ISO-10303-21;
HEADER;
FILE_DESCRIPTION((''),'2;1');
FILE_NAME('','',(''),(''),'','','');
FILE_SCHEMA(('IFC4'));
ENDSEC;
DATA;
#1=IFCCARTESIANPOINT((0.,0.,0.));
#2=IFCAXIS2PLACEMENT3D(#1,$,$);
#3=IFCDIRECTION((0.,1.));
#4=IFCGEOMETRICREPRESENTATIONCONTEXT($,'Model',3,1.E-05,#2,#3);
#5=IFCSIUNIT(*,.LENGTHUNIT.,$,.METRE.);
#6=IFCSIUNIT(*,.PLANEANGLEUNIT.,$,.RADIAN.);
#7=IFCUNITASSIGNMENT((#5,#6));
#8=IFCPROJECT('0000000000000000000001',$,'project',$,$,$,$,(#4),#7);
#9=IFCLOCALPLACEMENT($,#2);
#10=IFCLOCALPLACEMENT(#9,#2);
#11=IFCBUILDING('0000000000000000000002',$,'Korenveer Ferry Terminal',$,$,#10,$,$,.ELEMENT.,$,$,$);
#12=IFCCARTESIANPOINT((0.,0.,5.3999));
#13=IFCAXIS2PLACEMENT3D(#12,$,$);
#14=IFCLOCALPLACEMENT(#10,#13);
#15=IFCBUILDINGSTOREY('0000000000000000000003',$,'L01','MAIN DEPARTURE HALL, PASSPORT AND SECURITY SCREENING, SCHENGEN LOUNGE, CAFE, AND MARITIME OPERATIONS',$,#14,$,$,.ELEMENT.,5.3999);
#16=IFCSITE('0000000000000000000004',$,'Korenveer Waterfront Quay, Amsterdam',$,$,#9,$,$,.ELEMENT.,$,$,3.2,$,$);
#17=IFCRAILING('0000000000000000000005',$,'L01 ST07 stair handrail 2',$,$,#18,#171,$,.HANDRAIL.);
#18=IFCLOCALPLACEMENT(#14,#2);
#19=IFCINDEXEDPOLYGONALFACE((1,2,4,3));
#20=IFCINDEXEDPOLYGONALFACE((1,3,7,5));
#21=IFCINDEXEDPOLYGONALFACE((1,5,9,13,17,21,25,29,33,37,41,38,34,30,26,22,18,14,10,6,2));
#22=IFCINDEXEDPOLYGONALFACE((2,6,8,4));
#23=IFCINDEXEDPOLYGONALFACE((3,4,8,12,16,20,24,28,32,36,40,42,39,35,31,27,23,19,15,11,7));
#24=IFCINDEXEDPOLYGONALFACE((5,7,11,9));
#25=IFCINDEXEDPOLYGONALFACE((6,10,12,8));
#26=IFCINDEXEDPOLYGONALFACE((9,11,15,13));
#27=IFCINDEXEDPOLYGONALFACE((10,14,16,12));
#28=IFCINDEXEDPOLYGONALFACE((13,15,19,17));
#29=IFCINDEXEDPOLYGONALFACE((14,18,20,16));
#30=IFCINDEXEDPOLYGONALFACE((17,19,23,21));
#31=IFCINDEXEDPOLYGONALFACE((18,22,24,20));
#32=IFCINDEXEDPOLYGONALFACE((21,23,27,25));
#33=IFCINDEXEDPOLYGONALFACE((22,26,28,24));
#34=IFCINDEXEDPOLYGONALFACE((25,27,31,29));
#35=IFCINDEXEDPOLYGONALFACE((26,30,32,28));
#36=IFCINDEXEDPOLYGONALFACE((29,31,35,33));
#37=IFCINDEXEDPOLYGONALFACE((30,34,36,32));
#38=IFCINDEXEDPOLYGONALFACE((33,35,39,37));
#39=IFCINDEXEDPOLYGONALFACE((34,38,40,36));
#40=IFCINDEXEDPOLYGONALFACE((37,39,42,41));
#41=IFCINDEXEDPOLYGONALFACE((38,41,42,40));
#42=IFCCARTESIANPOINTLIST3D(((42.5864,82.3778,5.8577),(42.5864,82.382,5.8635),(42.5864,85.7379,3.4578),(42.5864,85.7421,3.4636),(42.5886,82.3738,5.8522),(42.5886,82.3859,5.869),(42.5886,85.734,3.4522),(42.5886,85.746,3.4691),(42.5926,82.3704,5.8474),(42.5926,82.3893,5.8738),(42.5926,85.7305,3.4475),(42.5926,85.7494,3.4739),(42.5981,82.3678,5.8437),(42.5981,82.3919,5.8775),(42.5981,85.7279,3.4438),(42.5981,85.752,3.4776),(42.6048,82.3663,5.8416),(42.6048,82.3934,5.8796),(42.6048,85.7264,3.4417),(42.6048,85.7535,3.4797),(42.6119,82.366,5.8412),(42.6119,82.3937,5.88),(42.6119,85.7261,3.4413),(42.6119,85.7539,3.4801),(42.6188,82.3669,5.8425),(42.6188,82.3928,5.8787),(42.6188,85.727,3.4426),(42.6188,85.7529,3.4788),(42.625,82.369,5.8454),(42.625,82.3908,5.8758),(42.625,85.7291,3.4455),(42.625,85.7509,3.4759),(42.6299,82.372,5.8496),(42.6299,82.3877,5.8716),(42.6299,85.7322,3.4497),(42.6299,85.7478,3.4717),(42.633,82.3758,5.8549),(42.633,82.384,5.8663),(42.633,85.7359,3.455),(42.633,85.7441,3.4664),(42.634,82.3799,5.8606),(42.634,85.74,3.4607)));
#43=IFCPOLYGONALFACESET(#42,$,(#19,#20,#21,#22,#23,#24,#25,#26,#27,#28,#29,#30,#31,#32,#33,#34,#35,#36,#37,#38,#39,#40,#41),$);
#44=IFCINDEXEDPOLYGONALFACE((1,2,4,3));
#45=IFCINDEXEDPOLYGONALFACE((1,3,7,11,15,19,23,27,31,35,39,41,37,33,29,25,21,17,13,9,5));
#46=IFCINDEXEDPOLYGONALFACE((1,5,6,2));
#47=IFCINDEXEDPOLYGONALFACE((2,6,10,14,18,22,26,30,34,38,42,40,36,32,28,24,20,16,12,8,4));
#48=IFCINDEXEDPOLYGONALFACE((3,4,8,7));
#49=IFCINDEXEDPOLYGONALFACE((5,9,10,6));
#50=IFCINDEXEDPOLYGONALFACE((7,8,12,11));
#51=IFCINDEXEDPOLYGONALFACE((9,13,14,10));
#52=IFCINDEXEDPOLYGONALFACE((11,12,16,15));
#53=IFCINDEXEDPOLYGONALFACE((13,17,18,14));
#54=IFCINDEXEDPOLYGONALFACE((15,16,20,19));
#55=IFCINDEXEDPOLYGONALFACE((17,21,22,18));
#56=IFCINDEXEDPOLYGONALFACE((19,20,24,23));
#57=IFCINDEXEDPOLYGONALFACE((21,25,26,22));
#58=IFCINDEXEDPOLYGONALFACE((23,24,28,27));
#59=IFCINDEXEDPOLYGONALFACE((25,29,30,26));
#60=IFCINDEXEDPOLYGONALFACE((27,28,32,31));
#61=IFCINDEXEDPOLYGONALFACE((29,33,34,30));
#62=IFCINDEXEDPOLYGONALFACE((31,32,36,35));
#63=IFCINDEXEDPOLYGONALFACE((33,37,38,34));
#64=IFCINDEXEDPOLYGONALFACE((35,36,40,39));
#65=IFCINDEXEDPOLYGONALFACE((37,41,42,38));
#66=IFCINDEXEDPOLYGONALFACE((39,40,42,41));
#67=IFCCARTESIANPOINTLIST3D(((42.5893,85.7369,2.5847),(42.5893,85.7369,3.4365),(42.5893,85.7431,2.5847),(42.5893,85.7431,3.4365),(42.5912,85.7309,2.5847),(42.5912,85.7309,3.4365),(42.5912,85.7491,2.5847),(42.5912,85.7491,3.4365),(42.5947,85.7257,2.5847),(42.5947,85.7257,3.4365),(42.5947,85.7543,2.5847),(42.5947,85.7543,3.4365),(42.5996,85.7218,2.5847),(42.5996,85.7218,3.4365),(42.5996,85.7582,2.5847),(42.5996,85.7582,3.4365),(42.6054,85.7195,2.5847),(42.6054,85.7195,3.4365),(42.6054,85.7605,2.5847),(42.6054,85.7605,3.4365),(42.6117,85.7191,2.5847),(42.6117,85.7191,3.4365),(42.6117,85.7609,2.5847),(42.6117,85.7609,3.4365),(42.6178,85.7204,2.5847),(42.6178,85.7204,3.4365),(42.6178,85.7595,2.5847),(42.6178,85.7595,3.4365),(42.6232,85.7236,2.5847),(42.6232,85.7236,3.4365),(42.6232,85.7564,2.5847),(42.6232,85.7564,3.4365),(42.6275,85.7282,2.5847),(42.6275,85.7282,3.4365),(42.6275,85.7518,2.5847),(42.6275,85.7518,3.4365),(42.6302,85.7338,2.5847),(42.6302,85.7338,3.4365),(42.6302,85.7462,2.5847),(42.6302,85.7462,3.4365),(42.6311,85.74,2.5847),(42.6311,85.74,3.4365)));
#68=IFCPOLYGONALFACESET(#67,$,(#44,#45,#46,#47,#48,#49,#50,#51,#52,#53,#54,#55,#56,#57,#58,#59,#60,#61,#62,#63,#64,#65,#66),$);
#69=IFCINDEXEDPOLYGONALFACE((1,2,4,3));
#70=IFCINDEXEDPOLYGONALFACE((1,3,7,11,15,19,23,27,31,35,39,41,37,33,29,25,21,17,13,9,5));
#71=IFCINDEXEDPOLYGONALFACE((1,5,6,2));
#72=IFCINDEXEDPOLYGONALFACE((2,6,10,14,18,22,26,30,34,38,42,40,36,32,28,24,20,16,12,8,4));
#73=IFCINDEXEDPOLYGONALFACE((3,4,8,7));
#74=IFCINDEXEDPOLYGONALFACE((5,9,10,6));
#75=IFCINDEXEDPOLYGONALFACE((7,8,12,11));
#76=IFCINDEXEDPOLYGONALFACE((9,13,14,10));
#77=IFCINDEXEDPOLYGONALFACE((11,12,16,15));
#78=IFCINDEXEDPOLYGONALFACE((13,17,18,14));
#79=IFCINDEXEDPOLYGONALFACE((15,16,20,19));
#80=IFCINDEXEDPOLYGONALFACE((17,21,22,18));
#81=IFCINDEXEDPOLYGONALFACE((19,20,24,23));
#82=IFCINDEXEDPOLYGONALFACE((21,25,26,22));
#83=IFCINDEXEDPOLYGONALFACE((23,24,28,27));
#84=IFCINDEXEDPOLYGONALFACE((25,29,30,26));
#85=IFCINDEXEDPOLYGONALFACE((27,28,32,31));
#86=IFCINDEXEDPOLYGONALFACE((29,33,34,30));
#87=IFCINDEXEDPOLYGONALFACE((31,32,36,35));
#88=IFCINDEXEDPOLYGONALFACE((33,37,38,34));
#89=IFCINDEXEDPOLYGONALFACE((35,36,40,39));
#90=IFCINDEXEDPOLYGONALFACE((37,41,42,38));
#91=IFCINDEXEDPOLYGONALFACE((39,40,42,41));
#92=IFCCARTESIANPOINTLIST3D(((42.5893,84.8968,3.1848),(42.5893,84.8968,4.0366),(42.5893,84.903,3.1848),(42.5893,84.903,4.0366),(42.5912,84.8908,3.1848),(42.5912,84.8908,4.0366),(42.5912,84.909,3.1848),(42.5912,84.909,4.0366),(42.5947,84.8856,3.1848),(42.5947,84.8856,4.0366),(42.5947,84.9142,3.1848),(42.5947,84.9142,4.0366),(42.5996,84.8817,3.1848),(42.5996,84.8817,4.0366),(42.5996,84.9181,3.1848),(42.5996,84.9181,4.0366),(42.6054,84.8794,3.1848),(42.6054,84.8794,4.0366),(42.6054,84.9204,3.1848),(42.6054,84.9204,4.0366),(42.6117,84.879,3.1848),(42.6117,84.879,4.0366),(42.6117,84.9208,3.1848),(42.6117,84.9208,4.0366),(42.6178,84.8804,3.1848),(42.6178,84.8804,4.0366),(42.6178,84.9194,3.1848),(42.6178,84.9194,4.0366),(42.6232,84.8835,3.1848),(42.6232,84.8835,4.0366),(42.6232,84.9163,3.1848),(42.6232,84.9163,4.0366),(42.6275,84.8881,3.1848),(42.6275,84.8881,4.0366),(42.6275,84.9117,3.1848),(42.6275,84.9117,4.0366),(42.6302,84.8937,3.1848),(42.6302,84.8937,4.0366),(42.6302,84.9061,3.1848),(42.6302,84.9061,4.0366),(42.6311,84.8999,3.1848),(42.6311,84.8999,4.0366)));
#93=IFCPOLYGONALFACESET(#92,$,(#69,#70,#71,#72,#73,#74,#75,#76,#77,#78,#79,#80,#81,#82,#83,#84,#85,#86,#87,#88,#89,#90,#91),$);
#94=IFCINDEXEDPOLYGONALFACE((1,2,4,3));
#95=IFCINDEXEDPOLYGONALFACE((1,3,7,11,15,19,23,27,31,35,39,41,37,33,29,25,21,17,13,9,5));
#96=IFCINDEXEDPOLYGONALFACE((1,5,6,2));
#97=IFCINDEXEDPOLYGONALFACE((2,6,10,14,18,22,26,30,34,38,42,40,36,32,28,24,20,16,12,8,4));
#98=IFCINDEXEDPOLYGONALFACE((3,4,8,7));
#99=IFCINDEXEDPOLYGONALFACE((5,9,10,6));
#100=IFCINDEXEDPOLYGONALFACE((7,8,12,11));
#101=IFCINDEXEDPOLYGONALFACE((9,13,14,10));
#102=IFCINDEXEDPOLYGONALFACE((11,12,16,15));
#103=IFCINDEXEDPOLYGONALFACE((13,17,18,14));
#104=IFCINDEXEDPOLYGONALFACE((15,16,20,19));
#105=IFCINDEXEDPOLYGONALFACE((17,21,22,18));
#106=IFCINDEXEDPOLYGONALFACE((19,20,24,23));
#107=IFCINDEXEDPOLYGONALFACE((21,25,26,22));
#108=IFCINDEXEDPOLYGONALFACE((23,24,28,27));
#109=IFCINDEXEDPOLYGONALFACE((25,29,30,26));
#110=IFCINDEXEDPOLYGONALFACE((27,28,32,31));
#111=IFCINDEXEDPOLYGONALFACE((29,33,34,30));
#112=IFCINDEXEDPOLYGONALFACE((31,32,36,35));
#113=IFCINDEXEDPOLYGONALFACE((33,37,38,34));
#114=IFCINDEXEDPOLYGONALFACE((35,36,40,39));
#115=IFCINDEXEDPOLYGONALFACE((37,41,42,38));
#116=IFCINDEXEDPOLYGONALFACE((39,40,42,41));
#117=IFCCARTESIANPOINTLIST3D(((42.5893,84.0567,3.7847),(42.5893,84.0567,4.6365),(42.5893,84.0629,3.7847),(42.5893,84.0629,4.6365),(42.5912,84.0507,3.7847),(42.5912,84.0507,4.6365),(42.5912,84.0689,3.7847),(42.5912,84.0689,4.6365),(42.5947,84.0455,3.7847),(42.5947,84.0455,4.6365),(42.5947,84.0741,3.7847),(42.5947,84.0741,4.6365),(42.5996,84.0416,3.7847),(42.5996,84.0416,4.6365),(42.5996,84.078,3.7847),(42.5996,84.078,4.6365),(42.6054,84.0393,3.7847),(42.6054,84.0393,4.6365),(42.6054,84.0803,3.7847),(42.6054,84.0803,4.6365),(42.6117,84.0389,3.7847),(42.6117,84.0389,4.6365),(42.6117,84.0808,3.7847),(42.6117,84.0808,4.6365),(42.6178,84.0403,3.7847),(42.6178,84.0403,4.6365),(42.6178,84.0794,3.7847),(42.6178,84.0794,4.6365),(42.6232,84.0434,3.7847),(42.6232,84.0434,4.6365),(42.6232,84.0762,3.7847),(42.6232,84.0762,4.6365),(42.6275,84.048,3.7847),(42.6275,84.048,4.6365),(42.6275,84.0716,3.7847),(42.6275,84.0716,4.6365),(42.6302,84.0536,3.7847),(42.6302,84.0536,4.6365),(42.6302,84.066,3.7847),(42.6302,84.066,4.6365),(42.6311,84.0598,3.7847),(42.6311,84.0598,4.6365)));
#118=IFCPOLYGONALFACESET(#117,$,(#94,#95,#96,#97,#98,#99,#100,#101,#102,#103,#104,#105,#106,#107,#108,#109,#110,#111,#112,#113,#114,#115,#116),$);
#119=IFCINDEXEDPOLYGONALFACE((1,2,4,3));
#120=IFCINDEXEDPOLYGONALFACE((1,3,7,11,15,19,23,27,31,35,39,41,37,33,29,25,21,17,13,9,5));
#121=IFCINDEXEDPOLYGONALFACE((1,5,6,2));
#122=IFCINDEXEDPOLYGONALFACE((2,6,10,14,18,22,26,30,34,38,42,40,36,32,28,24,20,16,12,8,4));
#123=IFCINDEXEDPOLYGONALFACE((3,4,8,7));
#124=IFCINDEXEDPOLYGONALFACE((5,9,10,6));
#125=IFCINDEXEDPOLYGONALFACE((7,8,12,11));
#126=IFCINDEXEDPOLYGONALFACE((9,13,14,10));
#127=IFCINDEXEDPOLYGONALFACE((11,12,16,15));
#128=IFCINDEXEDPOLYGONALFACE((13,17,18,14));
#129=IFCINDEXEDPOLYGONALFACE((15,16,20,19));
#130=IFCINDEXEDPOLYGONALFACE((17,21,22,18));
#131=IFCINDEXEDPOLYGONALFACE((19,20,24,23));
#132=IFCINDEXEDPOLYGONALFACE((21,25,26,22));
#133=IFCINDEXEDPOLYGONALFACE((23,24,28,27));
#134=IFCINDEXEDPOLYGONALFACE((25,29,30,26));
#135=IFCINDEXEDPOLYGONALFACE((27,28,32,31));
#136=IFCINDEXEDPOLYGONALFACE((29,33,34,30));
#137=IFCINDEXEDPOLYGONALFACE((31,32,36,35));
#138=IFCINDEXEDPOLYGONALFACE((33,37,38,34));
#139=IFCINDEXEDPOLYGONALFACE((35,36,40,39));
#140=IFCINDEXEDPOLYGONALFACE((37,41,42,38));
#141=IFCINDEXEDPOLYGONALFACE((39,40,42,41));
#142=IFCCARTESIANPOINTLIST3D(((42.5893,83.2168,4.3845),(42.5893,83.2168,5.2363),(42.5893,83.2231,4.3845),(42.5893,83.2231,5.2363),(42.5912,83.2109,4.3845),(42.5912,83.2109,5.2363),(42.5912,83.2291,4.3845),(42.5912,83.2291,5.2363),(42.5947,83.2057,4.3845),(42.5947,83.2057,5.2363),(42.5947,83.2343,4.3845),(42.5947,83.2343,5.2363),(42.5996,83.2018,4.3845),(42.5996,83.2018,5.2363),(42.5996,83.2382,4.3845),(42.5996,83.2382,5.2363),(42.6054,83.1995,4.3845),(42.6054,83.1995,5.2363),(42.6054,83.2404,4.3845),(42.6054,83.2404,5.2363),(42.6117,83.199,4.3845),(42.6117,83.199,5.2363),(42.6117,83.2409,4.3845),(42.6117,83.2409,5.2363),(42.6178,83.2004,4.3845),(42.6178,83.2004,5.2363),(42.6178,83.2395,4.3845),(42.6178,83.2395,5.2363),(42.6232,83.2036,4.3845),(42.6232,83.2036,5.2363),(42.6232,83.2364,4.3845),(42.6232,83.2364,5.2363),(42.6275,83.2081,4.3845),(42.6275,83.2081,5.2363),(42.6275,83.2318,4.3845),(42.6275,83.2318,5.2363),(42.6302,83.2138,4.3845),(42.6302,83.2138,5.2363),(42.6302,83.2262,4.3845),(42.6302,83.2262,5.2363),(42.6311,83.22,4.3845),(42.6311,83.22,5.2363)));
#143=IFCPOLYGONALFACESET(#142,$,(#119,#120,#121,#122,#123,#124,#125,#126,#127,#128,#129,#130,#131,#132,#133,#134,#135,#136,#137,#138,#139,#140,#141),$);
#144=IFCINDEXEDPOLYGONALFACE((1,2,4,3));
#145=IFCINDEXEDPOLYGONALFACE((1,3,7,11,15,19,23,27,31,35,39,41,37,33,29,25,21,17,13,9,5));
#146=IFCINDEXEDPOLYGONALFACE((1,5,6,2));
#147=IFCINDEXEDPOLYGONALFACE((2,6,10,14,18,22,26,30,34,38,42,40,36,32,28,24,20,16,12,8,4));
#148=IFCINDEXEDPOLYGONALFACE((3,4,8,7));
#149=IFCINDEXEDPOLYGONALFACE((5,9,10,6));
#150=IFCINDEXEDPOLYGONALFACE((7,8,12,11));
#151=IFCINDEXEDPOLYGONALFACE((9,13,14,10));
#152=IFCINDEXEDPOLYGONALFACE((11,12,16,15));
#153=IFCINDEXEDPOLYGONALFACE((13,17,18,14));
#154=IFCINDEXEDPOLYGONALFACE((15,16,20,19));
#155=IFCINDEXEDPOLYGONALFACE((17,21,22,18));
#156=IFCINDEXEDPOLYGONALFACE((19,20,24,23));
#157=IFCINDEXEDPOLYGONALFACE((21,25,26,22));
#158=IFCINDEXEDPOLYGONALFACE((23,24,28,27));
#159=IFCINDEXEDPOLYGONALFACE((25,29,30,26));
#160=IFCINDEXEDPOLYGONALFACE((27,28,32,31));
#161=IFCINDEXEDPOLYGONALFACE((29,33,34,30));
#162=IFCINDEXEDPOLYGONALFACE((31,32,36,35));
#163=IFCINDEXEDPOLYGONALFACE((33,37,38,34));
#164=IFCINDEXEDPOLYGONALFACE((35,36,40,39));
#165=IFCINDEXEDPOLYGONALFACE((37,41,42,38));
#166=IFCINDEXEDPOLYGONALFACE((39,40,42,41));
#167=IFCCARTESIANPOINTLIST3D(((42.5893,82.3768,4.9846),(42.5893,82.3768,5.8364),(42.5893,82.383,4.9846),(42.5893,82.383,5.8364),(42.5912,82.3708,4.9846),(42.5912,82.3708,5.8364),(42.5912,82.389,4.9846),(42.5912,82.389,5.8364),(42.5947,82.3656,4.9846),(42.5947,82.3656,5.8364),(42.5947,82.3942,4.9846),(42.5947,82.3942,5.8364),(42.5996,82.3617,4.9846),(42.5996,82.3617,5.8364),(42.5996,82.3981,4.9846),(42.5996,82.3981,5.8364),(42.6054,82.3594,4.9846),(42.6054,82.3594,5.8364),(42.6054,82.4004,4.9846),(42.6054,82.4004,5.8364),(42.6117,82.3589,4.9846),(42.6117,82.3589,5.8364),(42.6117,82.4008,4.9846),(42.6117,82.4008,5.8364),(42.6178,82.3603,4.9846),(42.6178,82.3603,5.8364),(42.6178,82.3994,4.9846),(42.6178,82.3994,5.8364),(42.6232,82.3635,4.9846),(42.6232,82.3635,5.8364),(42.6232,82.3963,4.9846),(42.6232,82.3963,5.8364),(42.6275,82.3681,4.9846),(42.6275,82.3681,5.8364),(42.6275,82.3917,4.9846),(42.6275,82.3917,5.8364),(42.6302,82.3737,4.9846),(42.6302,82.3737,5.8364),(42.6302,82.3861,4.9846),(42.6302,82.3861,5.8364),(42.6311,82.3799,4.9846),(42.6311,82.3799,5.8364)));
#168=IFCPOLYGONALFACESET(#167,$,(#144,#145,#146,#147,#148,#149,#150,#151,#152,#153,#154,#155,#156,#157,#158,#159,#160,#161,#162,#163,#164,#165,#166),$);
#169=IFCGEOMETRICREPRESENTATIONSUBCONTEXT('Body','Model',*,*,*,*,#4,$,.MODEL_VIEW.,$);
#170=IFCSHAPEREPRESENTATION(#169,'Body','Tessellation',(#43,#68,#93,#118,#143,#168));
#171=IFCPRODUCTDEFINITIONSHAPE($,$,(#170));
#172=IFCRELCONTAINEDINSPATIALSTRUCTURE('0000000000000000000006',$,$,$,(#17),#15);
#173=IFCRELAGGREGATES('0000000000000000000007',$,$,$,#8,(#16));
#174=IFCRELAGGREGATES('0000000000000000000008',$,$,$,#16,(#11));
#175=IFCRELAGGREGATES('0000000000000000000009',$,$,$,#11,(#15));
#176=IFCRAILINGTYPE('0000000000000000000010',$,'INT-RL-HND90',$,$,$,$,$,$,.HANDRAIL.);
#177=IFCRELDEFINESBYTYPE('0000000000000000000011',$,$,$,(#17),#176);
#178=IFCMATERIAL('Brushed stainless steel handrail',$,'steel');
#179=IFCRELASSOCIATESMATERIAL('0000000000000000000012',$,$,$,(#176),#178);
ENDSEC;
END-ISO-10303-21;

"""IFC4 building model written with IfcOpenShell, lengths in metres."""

from ifc_helpers import new_model, si_unit, direction, frame, origin, origin_2d, place, context, subcontext, project, spatial, circle, extrude, material, type_object, element, save


model = new_model("IFC4")

# Units and contexts
model_context = context("Model", 3, precision=1e-05, world=origin(), true_north=direction((0.0, 1.0)))
body_context = subcontext(model_context, "Body", "Model", "MODEL_VIEW")
ifc_project = project(units=[si_unit("LENGTHUNIT", "METRE"), si_unit("PLANEANGLEUNIT", "RADIAN")], contexts=[model_context])

# Site, building, storey
site_placement = place(None, origin())
site = spatial("IfcSite", under=ifc_project, at=site_placement, Name="Korenveer Waterfront Quay, Amsterdam", CompositionType="ELEMENT", RefElevation=3.2)
building_placement = place(site_placement, origin())
building = spatial("IfcBuilding", under=site, at=building_placement, Name="Korenveer Ferry Terminal", CompositionType="ELEMENT")
storey_placement = place(building_placement, frame((0.0, 0.0, 5.3999)))
storey = spatial("IfcBuildingStorey", under=building, at=storey_placement, Name="L01", Description="MAIN DEPARTURE HALL, PASSPORT AND SECURITY SCREENING, SCHENGEN LOUNGE, CAFE, AND MARITIME OPERATIONS", CompositionType="ELEMENT", Elevation=5.3999)

# Railing
ifc_material_1 = material(Name="Brushed stainless steel handrail", Category="steel")
railing_type_1 = type_object("IfcRailingType", Name="INT-RL-HND90", PredefinedType="HANDRAIL", material=ifc_material_1)
railing_1_placement = place(storey_placement, frame((42.6101, 85.74, 2.5847)))
element("IfcRailing", 1, at=railing_1_placement, inside=storey, type_object=railing_type_1, Name="L01 ST07 stair handrail 2", PredefinedType="HANDRAIL", context=body_context, shape_type="SweptSolid", body=[
    extrude(circle(Radius=0.0239, at=origin_2d()), frame((0.0, 0.0, 0.876), z_axis=(0.0, -0.813753, 0.58121), x_axis=(1.0, 0.0, 0.0)), (0.0, 0.0, 1.0), 4.1292),
    extrude(circle(Radius=0.021, at=origin_2d()), origin(), (0.0, 0.0, 1.0), 0.8518),
    extrude(circle(Radius=0.021, at=origin_2d()), frame((0.0, -0.8401, 0.6001)), (0.0, 0.0, 1.0), 0.8518),
    extrude(circle(Radius=0.021, at=origin_2d()), frame((0.0, -1.6802, 1.2)), (0.0, 0.0, 1.0), 0.8518),
    extrude(circle(Radius=0.021, at=origin_2d()), frame((0.0, -2.52, 1.7998)), (0.0, 0.0, 1.0), 0.8518),
    extrude(circle(Radius=0.021, at=origin_2d()), frame((0.0, -3.3601, 2.3999)), (0.0, 0.0, 1.0), 0.8518),
])

save(model, "model.ifc")
